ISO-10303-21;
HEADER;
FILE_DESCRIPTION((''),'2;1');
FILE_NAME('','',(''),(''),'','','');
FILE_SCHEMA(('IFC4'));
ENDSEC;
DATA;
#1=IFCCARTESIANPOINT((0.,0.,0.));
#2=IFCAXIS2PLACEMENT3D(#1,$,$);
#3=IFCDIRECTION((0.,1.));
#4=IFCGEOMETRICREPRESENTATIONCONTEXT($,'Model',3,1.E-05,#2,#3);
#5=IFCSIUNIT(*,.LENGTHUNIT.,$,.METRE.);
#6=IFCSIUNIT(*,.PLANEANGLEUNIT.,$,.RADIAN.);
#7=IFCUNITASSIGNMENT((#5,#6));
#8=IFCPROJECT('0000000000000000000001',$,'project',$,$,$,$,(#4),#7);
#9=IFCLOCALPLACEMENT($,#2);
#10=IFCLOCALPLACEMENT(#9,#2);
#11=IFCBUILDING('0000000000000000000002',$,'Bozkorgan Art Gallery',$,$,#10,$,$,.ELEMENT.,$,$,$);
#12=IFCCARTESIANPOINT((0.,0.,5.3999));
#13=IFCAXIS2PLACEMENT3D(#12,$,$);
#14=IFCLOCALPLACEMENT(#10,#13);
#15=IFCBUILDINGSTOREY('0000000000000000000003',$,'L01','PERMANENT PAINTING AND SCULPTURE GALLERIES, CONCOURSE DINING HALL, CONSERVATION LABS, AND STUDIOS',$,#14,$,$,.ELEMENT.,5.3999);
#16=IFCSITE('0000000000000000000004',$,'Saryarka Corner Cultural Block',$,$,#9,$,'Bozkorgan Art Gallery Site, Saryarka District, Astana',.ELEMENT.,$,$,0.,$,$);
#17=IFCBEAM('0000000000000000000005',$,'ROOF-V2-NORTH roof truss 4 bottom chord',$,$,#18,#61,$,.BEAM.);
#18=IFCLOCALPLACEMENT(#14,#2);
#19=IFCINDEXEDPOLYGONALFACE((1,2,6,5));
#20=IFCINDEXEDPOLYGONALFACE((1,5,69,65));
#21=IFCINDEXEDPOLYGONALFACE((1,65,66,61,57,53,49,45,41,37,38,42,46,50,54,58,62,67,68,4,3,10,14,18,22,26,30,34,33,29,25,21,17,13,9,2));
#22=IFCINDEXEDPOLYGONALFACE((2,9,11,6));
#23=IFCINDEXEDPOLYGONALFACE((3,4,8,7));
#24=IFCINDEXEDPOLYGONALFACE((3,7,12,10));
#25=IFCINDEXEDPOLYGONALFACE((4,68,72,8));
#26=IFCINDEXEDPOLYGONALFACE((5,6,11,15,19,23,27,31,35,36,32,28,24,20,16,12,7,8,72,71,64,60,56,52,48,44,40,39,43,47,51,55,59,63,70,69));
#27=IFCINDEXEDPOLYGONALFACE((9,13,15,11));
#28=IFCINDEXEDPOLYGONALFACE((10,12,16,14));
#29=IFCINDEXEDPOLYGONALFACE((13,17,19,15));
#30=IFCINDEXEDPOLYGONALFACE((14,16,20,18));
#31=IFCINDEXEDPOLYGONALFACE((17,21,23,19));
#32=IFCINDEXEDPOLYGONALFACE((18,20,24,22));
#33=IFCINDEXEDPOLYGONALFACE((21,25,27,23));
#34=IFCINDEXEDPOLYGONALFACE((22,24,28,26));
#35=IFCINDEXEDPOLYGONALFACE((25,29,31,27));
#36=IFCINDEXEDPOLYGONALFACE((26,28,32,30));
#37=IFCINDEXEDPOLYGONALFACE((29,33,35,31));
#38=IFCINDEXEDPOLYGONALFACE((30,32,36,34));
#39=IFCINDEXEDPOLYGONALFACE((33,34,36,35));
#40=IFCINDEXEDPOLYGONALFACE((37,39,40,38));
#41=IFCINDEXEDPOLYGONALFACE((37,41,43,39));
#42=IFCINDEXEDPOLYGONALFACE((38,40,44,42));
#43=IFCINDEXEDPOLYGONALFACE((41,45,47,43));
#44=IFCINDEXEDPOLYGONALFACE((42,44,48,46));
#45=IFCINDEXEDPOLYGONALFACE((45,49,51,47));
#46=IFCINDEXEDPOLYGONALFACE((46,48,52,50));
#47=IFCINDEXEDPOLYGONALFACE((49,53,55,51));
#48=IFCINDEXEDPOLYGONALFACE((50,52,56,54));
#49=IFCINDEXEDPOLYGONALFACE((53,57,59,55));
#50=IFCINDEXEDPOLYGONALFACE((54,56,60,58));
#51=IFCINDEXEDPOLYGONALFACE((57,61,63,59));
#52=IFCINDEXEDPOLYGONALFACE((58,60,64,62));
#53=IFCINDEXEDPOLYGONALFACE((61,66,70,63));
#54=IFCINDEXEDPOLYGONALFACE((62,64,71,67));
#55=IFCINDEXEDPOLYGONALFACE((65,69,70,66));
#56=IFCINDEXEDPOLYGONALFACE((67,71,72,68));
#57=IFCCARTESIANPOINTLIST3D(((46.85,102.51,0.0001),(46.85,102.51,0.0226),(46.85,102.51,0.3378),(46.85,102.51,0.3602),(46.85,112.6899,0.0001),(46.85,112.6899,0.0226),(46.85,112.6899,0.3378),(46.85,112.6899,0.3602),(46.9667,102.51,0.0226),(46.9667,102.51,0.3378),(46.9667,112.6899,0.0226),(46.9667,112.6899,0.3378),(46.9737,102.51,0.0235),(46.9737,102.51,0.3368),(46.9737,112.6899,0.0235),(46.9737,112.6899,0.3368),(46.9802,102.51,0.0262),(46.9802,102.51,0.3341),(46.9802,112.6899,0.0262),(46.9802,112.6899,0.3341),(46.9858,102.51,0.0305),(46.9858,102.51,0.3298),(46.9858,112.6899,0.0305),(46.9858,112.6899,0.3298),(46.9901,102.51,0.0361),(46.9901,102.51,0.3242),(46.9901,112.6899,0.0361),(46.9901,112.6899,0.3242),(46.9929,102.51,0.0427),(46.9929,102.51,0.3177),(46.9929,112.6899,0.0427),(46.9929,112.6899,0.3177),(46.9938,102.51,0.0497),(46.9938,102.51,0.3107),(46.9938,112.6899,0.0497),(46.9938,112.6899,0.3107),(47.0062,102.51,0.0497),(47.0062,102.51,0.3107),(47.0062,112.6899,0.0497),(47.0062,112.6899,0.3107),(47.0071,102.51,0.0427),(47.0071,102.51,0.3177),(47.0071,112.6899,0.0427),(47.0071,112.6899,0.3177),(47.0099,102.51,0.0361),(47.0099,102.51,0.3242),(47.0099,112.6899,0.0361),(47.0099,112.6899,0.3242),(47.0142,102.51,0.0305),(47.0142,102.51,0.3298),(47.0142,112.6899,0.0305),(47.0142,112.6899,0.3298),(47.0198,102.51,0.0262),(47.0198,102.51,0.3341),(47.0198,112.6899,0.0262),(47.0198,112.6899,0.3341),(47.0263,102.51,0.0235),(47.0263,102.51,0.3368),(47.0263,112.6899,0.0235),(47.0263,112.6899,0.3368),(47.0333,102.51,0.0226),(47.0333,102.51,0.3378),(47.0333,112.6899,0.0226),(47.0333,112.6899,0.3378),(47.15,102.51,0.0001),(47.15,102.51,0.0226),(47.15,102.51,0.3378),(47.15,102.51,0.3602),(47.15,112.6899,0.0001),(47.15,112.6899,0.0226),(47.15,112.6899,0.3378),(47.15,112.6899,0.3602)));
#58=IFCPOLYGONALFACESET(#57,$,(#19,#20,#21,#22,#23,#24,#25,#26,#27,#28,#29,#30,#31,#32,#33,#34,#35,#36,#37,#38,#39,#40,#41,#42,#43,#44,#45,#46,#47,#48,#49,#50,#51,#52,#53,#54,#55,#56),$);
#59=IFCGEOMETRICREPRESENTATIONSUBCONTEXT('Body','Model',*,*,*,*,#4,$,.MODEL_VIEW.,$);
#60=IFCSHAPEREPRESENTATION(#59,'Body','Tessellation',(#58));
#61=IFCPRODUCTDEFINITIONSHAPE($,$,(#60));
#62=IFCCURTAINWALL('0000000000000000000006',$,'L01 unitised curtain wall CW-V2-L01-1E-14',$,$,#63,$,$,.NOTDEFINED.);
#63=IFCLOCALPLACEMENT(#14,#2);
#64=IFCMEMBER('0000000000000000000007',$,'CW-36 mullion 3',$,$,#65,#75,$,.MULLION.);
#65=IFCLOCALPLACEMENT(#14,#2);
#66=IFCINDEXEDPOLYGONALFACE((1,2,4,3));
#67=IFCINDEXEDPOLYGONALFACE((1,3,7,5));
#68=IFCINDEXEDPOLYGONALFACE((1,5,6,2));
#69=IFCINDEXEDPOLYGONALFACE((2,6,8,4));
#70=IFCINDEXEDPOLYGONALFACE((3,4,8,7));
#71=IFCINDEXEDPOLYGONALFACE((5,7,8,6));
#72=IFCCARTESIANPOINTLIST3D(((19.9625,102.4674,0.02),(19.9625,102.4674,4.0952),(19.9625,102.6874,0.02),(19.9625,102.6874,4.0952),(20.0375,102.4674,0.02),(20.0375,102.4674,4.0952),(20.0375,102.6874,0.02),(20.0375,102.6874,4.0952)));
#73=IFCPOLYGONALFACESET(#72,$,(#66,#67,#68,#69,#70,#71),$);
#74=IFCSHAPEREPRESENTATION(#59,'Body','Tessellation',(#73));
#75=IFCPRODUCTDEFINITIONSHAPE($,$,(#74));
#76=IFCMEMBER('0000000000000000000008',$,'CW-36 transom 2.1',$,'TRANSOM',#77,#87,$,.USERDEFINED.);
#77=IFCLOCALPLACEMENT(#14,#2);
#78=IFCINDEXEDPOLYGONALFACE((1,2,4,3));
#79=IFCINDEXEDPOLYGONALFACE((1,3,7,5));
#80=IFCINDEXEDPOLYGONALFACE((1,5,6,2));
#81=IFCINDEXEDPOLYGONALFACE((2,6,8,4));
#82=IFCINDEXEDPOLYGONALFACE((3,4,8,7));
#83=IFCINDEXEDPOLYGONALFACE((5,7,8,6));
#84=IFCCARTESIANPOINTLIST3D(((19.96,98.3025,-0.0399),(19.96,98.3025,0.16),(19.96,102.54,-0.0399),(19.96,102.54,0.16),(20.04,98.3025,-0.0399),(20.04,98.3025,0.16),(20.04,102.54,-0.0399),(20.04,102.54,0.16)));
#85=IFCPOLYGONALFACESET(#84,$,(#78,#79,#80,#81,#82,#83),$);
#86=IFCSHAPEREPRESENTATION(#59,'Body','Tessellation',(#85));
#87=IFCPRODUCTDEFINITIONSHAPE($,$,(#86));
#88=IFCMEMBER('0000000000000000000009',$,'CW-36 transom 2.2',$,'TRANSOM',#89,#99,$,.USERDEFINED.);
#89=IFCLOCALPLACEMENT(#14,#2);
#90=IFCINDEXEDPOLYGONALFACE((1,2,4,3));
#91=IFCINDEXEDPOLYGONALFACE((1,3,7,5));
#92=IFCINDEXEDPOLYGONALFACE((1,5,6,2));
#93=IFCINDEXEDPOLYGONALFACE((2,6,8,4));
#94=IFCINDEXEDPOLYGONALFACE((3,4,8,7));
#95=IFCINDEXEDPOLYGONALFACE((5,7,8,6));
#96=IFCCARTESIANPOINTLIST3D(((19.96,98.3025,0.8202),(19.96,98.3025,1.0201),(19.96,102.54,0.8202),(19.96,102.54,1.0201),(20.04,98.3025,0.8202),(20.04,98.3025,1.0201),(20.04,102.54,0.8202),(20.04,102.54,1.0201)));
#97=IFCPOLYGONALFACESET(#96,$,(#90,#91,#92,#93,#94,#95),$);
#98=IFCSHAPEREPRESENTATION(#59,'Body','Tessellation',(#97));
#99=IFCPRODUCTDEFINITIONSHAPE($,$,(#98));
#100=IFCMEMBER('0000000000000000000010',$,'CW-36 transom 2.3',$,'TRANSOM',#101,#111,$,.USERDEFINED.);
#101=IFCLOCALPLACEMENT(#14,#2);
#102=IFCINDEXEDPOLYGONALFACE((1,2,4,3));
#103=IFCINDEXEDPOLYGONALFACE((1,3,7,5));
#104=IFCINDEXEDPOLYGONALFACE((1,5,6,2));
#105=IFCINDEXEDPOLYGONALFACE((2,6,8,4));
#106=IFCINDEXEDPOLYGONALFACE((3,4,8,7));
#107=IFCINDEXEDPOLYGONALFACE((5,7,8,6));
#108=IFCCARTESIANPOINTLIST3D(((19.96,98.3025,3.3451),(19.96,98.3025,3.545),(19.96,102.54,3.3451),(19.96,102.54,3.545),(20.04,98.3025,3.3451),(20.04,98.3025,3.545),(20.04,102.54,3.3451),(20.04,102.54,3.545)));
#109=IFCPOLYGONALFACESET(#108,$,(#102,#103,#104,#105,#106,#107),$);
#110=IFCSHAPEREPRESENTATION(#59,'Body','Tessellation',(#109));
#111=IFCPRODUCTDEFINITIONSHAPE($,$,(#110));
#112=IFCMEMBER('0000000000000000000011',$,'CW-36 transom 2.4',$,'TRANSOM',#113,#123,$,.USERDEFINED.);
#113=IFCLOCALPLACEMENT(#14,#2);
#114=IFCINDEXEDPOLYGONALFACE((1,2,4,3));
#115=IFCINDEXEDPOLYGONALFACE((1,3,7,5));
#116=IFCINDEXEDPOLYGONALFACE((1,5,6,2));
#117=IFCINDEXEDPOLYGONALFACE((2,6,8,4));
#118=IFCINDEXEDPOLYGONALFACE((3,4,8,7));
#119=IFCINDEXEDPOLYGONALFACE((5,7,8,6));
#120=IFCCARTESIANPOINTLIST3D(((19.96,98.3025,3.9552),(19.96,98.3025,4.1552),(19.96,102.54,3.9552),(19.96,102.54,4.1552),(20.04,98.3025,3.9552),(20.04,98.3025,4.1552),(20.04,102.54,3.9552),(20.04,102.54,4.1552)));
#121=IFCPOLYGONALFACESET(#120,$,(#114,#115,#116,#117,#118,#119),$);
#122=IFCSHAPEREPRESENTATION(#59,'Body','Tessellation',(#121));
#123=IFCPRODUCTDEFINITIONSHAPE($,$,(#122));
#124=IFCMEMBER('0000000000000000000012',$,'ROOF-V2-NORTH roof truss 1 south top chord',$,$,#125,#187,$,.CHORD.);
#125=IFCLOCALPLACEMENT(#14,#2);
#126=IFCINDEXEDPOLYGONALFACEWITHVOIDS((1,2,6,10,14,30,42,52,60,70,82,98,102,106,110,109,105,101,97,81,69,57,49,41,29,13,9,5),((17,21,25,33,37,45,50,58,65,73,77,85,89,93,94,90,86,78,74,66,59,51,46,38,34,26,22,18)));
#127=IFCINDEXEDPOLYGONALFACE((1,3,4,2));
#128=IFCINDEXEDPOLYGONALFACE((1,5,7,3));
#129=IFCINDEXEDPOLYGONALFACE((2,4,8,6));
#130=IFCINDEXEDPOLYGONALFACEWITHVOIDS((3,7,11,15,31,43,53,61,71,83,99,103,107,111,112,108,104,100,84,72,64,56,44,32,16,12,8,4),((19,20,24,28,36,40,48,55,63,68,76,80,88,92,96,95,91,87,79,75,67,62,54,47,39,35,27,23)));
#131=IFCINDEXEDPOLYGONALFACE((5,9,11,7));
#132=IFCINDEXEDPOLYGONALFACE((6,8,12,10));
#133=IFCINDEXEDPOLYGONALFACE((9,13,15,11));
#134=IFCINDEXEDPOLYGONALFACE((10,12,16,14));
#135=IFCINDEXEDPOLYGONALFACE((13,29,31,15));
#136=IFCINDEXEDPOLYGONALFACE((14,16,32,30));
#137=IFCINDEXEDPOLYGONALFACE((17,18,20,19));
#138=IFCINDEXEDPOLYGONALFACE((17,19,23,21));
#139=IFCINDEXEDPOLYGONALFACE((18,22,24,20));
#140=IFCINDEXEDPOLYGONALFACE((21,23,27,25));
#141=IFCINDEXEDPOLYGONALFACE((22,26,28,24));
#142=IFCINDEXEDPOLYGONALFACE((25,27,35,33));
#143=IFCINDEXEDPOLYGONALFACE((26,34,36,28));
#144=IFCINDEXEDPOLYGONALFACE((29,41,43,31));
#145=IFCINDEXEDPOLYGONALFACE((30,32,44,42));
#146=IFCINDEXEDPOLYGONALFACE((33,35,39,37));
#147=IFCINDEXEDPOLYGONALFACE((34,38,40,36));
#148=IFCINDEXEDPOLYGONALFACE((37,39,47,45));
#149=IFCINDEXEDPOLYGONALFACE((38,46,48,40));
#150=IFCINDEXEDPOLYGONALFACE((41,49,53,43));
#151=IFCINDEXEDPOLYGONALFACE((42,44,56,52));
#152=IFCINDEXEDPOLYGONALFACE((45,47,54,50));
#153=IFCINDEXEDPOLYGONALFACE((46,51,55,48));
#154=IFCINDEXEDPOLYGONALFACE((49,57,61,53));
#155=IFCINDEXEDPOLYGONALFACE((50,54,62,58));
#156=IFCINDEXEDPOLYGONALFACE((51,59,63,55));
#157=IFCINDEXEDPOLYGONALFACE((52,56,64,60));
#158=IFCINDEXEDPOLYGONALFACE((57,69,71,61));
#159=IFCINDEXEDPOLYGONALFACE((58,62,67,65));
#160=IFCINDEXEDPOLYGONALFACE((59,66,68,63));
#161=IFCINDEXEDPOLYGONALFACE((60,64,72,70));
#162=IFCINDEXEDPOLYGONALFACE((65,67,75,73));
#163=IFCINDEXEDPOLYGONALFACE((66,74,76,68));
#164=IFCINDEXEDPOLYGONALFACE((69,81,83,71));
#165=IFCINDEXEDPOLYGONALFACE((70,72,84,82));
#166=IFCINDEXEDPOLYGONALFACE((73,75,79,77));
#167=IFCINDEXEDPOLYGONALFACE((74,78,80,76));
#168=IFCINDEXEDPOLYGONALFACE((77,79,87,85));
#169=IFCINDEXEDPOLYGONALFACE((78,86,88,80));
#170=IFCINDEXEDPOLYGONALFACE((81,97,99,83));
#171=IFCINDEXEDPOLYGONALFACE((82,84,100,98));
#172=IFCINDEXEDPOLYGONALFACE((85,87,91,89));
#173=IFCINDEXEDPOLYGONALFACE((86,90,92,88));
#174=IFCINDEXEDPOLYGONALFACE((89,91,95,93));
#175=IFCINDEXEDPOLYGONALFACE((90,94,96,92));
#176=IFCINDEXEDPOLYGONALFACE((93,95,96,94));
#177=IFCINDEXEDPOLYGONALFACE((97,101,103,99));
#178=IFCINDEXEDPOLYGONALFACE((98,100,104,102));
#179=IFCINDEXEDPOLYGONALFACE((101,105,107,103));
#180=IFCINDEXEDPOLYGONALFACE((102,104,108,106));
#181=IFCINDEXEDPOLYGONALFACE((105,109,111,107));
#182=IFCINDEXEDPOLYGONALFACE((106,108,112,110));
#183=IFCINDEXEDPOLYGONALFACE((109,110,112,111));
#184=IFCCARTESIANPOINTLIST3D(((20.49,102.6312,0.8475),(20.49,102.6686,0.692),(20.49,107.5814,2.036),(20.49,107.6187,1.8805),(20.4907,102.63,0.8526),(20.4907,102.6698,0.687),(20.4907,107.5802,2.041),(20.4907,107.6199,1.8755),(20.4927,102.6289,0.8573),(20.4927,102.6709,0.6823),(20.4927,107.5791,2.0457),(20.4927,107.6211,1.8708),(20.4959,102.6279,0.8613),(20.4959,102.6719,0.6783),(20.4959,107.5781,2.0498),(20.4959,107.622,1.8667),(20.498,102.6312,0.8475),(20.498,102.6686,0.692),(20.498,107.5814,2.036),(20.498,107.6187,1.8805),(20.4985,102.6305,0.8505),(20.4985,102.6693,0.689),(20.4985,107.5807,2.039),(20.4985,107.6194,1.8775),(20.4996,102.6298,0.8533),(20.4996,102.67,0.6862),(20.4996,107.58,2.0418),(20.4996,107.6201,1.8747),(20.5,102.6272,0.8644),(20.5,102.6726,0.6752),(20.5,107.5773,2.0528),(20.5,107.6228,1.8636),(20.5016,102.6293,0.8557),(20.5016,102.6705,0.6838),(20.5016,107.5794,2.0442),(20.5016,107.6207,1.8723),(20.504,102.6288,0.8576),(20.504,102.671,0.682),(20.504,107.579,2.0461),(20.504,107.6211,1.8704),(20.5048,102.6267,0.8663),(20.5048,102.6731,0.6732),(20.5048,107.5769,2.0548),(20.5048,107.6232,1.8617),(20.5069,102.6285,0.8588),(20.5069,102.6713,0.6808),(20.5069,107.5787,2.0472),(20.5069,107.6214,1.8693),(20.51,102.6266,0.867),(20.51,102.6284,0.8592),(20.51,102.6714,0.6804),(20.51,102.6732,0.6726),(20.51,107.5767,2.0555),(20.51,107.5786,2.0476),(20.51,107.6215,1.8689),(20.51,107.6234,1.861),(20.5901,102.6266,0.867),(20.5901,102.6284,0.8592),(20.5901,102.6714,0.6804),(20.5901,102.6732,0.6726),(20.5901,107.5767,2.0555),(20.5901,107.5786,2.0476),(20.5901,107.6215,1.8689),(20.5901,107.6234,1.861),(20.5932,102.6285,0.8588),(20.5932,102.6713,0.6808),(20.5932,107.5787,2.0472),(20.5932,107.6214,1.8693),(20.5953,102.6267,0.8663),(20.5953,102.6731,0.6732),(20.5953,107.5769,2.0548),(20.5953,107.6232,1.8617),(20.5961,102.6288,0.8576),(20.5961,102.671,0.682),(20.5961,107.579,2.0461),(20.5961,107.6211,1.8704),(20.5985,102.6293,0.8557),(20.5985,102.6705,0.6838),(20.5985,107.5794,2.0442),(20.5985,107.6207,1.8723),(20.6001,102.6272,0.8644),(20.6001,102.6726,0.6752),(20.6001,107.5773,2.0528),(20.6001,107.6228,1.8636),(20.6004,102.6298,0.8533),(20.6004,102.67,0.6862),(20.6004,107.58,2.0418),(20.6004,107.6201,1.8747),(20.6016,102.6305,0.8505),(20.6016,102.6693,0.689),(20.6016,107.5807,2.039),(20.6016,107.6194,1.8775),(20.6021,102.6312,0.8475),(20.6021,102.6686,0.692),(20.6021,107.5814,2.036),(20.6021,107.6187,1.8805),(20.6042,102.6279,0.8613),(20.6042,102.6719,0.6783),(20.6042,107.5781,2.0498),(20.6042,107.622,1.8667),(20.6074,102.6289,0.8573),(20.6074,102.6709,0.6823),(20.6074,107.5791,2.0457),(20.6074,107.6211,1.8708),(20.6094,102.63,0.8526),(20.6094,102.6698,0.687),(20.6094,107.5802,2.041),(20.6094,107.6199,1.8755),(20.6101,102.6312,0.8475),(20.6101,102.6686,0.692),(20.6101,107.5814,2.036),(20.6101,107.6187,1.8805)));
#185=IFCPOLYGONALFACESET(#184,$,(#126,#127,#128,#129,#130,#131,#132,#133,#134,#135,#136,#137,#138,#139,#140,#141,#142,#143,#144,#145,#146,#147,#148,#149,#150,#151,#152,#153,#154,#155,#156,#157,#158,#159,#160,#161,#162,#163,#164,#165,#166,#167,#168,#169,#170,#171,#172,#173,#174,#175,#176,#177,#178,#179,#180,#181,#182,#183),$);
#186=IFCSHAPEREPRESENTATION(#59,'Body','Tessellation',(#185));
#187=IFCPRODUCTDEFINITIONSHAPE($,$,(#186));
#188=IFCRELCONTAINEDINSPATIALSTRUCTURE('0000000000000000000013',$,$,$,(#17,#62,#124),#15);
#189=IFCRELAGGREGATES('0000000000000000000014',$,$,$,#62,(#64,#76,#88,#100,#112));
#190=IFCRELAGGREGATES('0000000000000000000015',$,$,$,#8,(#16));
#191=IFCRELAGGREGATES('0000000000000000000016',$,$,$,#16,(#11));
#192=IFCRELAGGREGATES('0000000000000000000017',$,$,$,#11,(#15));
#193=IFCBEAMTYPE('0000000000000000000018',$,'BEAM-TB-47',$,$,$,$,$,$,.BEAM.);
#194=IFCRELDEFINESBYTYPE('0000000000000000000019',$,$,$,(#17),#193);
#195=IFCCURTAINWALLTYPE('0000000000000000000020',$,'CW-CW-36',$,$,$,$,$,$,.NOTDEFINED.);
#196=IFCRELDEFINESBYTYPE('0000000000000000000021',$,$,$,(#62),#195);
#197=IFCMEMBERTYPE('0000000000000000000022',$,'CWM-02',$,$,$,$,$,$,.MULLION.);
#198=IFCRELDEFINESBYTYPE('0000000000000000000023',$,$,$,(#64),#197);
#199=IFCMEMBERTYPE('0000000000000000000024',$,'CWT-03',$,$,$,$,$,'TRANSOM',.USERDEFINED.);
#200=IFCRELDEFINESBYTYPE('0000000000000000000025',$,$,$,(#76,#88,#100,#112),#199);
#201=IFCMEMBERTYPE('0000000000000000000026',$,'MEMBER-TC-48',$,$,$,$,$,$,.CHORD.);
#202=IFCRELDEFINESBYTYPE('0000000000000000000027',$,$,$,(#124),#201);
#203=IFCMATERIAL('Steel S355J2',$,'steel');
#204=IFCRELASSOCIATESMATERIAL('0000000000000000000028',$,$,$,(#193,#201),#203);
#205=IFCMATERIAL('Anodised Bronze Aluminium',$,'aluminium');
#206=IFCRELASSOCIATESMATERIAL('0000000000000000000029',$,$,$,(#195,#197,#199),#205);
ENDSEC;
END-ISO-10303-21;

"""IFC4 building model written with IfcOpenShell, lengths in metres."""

from ifc_helpers import new_model, si_unit, direction, frame, origin, origin_2d, place, context, subcontext, project, spatial, rectangle, hollow_rectangle, i_section, extrude, material, material_profile, profile_set, type_object, element, aggregate, save


model = new_model("IFC4")

# Units and contexts
model_context = context("Model", 3, precision=1e-05, world=origin(), true_north=direction((0.0, 1.0)))
body_context = subcontext(model_context, "Body", "Model", "MODEL_VIEW")
ifc_project = project(units=[si_unit("LENGTHUNIT", "METRE"), si_unit("PLANEANGLEUNIT", "RADIAN")], contexts=[model_context])

# Site, building, storey
site_placement = place(None, origin())
site = spatial("IfcSite", under=ifc_project, at=site_placement, Name="Saryarka Corner Cultural Block", LongName="Bozkorgan Art Gallery Site, Saryarka District, Astana", CompositionType="ELEMENT", RefElevation=0.0)
building_placement = place(site_placement, origin())
building = spatial("IfcBuilding", under=site, at=building_placement, Name="Bozkorgan Art Gallery", CompositionType="ELEMENT")
storey_placement = place(building_placement, frame((0.0, 0.0, 5.3999)))
storey = spatial("IfcBuildingStorey", under=building, at=storey_placement, Name="L01", Description="PERMANENT PAINTING AND SCULPTURE GALLERIES, CONCOURSE DINING HALL, CONSERVATION LABS, AND STUDIOS", CompositionType="ELEMENT", Elevation=5.3999)

# Shared definitions
ifc_material_1 = material(Name="Steel S355J2", Category="steel")

# Beam
ifc_material_profile_1 = material_profile(ifc_material_1, i_section(OverallWidth=0.3, OverallDepth=0.3601, WebThickness=0.0125, FlangeThickness=0.0225, FilletRadius=0.0271, at=origin_2d()), Name="HEB 360")
ifc_profile_set_1 = profile_set([ifc_material_profile_1], Name="Steel S355J2")
beam_type = type_object("IfcBeamType", Name="BEAM-TB-47", PredefinedType="BEAM", material=ifc_profile_set_1)
for number, where, z_axis, x_axis, name in (
    (1, (47.0, 102.51, 0.1802), (0.0, 1.0, 0.0), (-1.0, 0.0, 0.0), "ROOF-V2-NORTH roof truss 4 bottom chord"),
):
    element("IfcBeam", number, at=place(storey_placement, frame(where, z_axis=z_axis, x_axis=x_axis)), inside=storey, type_object=beam_type, Name=name, PredefinedType="BEAM", context=body_context, shape_type="SweptSolid", body=[
        extrude(i_section(OverallWidth=0.3, OverallDepth=0.3601, WebThickness=0.0125, FlangeThickness=0.0225, FilletRadius=0.0271, at=origin_2d()), origin(), (0.0, 0.0, 1.0), 10.1799),
    ])

# Curtain wall, members
ifc_material_2 = material(Name="Anodised Bronze Aluminium", Category="aluminium")
curtain_wall_type = type_object("IfcCurtainWallType", Name="CW-CW-36", PredefinedType="NOTDEFINED", material=ifc_material_2)
curtain_wall_placement = place(storey_placement, origin())
curtain_wall = element("IfcCurtainWall", 2, at=curtain_wall_placement, inside=storey, type_object=curtain_wall_type, Name="L01 unitised curtain wall CW-V2-L01-1E-14", PredefinedType="NOTDEFINED")
ifc_material_profile_2 = material_profile(ifc_material_2, rectangle(XDim=0.075, YDim=0.22, at=origin_2d()), Name="ALU MULLION 75x220")
ifc_profile_set_2 = profile_set([ifc_material_profile_2], Name="Anodised Bronze Aluminium")
member_type_1 = type_object("IfcMemberType", Name="CWM-02", PredefinedType="MULLION", material=ifc_profile_set_2)
member_1_placement = place(storey_placement, frame((20.0, 102.5774, 0.02), z_axis=(0.0, 0.0, 1.0), x_axis=(-1.0, 0.0, 0.0)))
member_1 = element("IfcMember", 3, at=member_1_placement, type_object=member_type_1, Name="CW-36 mullion 3", PredefinedType="MULLION", context=body_context, shape_type="SweptSolid", body=[
    extrude(rectangle(XDim=0.075, YDim=0.22, at=origin_2d()), origin(), (0.0, 0.0, 1.0), 4.0752),
])
ifc_material_profile_3 = material_profile(ifc_material_2, rectangle(XDim=0.0801, YDim=0.2, at=origin_2d()), Name="ALU TRANSOM 80x200")
ifc_profile_set_3 = profile_set([ifc_material_profile_3], Name="Anodised Bronze Aluminium")
member_type_2 = type_object("IfcMemberType", Name="CWT-03", ElementType="TRANSOM", PredefinedType="USERDEFINED", material=ifc_profile_set_3)
member_2_placement = place(storey_placement, frame((20.0, 98.3025, 0.0601), z_axis=(0.0, 1.0, 0.0), x_axis=(-1.0, 0.0, 0.0)))
member_2 = element("IfcMember", 4, at=member_2_placement, type_object=member_type_2, Name="CW-36 transom 2.1", ObjectType="TRANSOM", PredefinedType="USERDEFINED", context=body_context, shape_type="SweptSolid", body=[
    extrude(rectangle(XDim=0.0801, YDim=0.2, at=origin_2d()), origin(), (0.0, 0.0, 1.0), 4.2375),
])
member_3_placement = place(storey_placement, frame((20.0, 98.3025, 0.9202), z_axis=(0.0, 1.0, 0.0), x_axis=(-1.0, 0.0, 0.0)))
member_3 = element("IfcMember", 5, at=member_3_placement, type_object=member_type_2, Name="CW-36 transom 2.2", ObjectType="TRANSOM", PredefinedType="USERDEFINED", context=body_context, shape_type="SweptSolid", body=[
    extrude(rectangle(XDim=0.0801, YDim=0.2, at=origin_2d()), origin(), (0.0, 0.0, 1.0), 4.2375),
])
member_4_placement = place(storey_placement, frame((20.0, 98.3025, 3.4451), z_axis=(0.0, 1.0, 0.0), x_axis=(-1.0, 0.0, 0.0)))
member_4 = element("IfcMember", 6, at=member_4_placement, type_object=member_type_2, Name="CW-36 transom 2.3", ObjectType="TRANSOM", PredefinedType="USERDEFINED", context=body_context, shape_type="SweptSolid", body=[
    extrude(rectangle(XDim=0.0801, YDim=0.2, at=origin_2d()), origin(), (0.0, 0.0, 1.0), 4.2375),
])
member_5_placement = place(storey_placement, frame((20.0, 98.3025, 4.0552), z_axis=(0.0, 1.0, 0.0), x_axis=(-1.0, 0.0, 0.0)))
member_5 = element("IfcMember", 7, at=member_5_placement, type_object=member_type_2, Name="CW-36 transom 2.4", ObjectType="TRANSOM", PredefinedType="USERDEFINED", context=body_context, shape_type="SweptSolid", body=[
    extrude(rectangle(XDim=0.0801, YDim=0.2, at=origin_2d()), origin(), (0.0, 0.0, 1.0), 4.2375),
])

# Member
ifc_material_profile_4 = material_profile(ifc_material_1, hollow_rectangle(XDim=0.1201, YDim=0.2, WallThickness=0.0081, InnerFilletRadius=0.012, OuterFilletRadius=0.02, at=origin_2d()), Name="RHS 200x120x8")
ifc_profile_set_4 = profile_set([ifc_material_profile_4], Name="Steel S355J2")
member_type_3 = type_object("IfcMemberType", Name="MEMBER-TC-48", PredefinedType="CHORD", material=ifc_profile_set_4)
for number, where, z_axis, x_axis, name in (
    (8, (20.55, 102.6499, 0.7698), (0.0, 0.972368, 0.233453), (-1.0, 0.0, 0.0), "ROOF-V2-NORTH roof truss 1 south top chord"),
):
    element("IfcMember", number, at=place(storey_placement, frame(where, z_axis=z_axis, x_axis=x_axis)), inside=storey, type_object=member_type_3, Name=name, PredefinedType="CHORD", context=body_context, shape_type="SweptSolid", body=[
        extrude(hollow_rectangle(XDim=0.1201, YDim=0.2, WallThickness=0.0081, InnerFilletRadius=0.012, OuterFilletRadius=0.02, at=origin_2d()), origin(), (0.0, 0.0, 1.0), 5.0908),
    ])

aggregate(curtain_wall, [member_1, member_2, member_3, member_4, member_5])

save(model, "model.ifc")
